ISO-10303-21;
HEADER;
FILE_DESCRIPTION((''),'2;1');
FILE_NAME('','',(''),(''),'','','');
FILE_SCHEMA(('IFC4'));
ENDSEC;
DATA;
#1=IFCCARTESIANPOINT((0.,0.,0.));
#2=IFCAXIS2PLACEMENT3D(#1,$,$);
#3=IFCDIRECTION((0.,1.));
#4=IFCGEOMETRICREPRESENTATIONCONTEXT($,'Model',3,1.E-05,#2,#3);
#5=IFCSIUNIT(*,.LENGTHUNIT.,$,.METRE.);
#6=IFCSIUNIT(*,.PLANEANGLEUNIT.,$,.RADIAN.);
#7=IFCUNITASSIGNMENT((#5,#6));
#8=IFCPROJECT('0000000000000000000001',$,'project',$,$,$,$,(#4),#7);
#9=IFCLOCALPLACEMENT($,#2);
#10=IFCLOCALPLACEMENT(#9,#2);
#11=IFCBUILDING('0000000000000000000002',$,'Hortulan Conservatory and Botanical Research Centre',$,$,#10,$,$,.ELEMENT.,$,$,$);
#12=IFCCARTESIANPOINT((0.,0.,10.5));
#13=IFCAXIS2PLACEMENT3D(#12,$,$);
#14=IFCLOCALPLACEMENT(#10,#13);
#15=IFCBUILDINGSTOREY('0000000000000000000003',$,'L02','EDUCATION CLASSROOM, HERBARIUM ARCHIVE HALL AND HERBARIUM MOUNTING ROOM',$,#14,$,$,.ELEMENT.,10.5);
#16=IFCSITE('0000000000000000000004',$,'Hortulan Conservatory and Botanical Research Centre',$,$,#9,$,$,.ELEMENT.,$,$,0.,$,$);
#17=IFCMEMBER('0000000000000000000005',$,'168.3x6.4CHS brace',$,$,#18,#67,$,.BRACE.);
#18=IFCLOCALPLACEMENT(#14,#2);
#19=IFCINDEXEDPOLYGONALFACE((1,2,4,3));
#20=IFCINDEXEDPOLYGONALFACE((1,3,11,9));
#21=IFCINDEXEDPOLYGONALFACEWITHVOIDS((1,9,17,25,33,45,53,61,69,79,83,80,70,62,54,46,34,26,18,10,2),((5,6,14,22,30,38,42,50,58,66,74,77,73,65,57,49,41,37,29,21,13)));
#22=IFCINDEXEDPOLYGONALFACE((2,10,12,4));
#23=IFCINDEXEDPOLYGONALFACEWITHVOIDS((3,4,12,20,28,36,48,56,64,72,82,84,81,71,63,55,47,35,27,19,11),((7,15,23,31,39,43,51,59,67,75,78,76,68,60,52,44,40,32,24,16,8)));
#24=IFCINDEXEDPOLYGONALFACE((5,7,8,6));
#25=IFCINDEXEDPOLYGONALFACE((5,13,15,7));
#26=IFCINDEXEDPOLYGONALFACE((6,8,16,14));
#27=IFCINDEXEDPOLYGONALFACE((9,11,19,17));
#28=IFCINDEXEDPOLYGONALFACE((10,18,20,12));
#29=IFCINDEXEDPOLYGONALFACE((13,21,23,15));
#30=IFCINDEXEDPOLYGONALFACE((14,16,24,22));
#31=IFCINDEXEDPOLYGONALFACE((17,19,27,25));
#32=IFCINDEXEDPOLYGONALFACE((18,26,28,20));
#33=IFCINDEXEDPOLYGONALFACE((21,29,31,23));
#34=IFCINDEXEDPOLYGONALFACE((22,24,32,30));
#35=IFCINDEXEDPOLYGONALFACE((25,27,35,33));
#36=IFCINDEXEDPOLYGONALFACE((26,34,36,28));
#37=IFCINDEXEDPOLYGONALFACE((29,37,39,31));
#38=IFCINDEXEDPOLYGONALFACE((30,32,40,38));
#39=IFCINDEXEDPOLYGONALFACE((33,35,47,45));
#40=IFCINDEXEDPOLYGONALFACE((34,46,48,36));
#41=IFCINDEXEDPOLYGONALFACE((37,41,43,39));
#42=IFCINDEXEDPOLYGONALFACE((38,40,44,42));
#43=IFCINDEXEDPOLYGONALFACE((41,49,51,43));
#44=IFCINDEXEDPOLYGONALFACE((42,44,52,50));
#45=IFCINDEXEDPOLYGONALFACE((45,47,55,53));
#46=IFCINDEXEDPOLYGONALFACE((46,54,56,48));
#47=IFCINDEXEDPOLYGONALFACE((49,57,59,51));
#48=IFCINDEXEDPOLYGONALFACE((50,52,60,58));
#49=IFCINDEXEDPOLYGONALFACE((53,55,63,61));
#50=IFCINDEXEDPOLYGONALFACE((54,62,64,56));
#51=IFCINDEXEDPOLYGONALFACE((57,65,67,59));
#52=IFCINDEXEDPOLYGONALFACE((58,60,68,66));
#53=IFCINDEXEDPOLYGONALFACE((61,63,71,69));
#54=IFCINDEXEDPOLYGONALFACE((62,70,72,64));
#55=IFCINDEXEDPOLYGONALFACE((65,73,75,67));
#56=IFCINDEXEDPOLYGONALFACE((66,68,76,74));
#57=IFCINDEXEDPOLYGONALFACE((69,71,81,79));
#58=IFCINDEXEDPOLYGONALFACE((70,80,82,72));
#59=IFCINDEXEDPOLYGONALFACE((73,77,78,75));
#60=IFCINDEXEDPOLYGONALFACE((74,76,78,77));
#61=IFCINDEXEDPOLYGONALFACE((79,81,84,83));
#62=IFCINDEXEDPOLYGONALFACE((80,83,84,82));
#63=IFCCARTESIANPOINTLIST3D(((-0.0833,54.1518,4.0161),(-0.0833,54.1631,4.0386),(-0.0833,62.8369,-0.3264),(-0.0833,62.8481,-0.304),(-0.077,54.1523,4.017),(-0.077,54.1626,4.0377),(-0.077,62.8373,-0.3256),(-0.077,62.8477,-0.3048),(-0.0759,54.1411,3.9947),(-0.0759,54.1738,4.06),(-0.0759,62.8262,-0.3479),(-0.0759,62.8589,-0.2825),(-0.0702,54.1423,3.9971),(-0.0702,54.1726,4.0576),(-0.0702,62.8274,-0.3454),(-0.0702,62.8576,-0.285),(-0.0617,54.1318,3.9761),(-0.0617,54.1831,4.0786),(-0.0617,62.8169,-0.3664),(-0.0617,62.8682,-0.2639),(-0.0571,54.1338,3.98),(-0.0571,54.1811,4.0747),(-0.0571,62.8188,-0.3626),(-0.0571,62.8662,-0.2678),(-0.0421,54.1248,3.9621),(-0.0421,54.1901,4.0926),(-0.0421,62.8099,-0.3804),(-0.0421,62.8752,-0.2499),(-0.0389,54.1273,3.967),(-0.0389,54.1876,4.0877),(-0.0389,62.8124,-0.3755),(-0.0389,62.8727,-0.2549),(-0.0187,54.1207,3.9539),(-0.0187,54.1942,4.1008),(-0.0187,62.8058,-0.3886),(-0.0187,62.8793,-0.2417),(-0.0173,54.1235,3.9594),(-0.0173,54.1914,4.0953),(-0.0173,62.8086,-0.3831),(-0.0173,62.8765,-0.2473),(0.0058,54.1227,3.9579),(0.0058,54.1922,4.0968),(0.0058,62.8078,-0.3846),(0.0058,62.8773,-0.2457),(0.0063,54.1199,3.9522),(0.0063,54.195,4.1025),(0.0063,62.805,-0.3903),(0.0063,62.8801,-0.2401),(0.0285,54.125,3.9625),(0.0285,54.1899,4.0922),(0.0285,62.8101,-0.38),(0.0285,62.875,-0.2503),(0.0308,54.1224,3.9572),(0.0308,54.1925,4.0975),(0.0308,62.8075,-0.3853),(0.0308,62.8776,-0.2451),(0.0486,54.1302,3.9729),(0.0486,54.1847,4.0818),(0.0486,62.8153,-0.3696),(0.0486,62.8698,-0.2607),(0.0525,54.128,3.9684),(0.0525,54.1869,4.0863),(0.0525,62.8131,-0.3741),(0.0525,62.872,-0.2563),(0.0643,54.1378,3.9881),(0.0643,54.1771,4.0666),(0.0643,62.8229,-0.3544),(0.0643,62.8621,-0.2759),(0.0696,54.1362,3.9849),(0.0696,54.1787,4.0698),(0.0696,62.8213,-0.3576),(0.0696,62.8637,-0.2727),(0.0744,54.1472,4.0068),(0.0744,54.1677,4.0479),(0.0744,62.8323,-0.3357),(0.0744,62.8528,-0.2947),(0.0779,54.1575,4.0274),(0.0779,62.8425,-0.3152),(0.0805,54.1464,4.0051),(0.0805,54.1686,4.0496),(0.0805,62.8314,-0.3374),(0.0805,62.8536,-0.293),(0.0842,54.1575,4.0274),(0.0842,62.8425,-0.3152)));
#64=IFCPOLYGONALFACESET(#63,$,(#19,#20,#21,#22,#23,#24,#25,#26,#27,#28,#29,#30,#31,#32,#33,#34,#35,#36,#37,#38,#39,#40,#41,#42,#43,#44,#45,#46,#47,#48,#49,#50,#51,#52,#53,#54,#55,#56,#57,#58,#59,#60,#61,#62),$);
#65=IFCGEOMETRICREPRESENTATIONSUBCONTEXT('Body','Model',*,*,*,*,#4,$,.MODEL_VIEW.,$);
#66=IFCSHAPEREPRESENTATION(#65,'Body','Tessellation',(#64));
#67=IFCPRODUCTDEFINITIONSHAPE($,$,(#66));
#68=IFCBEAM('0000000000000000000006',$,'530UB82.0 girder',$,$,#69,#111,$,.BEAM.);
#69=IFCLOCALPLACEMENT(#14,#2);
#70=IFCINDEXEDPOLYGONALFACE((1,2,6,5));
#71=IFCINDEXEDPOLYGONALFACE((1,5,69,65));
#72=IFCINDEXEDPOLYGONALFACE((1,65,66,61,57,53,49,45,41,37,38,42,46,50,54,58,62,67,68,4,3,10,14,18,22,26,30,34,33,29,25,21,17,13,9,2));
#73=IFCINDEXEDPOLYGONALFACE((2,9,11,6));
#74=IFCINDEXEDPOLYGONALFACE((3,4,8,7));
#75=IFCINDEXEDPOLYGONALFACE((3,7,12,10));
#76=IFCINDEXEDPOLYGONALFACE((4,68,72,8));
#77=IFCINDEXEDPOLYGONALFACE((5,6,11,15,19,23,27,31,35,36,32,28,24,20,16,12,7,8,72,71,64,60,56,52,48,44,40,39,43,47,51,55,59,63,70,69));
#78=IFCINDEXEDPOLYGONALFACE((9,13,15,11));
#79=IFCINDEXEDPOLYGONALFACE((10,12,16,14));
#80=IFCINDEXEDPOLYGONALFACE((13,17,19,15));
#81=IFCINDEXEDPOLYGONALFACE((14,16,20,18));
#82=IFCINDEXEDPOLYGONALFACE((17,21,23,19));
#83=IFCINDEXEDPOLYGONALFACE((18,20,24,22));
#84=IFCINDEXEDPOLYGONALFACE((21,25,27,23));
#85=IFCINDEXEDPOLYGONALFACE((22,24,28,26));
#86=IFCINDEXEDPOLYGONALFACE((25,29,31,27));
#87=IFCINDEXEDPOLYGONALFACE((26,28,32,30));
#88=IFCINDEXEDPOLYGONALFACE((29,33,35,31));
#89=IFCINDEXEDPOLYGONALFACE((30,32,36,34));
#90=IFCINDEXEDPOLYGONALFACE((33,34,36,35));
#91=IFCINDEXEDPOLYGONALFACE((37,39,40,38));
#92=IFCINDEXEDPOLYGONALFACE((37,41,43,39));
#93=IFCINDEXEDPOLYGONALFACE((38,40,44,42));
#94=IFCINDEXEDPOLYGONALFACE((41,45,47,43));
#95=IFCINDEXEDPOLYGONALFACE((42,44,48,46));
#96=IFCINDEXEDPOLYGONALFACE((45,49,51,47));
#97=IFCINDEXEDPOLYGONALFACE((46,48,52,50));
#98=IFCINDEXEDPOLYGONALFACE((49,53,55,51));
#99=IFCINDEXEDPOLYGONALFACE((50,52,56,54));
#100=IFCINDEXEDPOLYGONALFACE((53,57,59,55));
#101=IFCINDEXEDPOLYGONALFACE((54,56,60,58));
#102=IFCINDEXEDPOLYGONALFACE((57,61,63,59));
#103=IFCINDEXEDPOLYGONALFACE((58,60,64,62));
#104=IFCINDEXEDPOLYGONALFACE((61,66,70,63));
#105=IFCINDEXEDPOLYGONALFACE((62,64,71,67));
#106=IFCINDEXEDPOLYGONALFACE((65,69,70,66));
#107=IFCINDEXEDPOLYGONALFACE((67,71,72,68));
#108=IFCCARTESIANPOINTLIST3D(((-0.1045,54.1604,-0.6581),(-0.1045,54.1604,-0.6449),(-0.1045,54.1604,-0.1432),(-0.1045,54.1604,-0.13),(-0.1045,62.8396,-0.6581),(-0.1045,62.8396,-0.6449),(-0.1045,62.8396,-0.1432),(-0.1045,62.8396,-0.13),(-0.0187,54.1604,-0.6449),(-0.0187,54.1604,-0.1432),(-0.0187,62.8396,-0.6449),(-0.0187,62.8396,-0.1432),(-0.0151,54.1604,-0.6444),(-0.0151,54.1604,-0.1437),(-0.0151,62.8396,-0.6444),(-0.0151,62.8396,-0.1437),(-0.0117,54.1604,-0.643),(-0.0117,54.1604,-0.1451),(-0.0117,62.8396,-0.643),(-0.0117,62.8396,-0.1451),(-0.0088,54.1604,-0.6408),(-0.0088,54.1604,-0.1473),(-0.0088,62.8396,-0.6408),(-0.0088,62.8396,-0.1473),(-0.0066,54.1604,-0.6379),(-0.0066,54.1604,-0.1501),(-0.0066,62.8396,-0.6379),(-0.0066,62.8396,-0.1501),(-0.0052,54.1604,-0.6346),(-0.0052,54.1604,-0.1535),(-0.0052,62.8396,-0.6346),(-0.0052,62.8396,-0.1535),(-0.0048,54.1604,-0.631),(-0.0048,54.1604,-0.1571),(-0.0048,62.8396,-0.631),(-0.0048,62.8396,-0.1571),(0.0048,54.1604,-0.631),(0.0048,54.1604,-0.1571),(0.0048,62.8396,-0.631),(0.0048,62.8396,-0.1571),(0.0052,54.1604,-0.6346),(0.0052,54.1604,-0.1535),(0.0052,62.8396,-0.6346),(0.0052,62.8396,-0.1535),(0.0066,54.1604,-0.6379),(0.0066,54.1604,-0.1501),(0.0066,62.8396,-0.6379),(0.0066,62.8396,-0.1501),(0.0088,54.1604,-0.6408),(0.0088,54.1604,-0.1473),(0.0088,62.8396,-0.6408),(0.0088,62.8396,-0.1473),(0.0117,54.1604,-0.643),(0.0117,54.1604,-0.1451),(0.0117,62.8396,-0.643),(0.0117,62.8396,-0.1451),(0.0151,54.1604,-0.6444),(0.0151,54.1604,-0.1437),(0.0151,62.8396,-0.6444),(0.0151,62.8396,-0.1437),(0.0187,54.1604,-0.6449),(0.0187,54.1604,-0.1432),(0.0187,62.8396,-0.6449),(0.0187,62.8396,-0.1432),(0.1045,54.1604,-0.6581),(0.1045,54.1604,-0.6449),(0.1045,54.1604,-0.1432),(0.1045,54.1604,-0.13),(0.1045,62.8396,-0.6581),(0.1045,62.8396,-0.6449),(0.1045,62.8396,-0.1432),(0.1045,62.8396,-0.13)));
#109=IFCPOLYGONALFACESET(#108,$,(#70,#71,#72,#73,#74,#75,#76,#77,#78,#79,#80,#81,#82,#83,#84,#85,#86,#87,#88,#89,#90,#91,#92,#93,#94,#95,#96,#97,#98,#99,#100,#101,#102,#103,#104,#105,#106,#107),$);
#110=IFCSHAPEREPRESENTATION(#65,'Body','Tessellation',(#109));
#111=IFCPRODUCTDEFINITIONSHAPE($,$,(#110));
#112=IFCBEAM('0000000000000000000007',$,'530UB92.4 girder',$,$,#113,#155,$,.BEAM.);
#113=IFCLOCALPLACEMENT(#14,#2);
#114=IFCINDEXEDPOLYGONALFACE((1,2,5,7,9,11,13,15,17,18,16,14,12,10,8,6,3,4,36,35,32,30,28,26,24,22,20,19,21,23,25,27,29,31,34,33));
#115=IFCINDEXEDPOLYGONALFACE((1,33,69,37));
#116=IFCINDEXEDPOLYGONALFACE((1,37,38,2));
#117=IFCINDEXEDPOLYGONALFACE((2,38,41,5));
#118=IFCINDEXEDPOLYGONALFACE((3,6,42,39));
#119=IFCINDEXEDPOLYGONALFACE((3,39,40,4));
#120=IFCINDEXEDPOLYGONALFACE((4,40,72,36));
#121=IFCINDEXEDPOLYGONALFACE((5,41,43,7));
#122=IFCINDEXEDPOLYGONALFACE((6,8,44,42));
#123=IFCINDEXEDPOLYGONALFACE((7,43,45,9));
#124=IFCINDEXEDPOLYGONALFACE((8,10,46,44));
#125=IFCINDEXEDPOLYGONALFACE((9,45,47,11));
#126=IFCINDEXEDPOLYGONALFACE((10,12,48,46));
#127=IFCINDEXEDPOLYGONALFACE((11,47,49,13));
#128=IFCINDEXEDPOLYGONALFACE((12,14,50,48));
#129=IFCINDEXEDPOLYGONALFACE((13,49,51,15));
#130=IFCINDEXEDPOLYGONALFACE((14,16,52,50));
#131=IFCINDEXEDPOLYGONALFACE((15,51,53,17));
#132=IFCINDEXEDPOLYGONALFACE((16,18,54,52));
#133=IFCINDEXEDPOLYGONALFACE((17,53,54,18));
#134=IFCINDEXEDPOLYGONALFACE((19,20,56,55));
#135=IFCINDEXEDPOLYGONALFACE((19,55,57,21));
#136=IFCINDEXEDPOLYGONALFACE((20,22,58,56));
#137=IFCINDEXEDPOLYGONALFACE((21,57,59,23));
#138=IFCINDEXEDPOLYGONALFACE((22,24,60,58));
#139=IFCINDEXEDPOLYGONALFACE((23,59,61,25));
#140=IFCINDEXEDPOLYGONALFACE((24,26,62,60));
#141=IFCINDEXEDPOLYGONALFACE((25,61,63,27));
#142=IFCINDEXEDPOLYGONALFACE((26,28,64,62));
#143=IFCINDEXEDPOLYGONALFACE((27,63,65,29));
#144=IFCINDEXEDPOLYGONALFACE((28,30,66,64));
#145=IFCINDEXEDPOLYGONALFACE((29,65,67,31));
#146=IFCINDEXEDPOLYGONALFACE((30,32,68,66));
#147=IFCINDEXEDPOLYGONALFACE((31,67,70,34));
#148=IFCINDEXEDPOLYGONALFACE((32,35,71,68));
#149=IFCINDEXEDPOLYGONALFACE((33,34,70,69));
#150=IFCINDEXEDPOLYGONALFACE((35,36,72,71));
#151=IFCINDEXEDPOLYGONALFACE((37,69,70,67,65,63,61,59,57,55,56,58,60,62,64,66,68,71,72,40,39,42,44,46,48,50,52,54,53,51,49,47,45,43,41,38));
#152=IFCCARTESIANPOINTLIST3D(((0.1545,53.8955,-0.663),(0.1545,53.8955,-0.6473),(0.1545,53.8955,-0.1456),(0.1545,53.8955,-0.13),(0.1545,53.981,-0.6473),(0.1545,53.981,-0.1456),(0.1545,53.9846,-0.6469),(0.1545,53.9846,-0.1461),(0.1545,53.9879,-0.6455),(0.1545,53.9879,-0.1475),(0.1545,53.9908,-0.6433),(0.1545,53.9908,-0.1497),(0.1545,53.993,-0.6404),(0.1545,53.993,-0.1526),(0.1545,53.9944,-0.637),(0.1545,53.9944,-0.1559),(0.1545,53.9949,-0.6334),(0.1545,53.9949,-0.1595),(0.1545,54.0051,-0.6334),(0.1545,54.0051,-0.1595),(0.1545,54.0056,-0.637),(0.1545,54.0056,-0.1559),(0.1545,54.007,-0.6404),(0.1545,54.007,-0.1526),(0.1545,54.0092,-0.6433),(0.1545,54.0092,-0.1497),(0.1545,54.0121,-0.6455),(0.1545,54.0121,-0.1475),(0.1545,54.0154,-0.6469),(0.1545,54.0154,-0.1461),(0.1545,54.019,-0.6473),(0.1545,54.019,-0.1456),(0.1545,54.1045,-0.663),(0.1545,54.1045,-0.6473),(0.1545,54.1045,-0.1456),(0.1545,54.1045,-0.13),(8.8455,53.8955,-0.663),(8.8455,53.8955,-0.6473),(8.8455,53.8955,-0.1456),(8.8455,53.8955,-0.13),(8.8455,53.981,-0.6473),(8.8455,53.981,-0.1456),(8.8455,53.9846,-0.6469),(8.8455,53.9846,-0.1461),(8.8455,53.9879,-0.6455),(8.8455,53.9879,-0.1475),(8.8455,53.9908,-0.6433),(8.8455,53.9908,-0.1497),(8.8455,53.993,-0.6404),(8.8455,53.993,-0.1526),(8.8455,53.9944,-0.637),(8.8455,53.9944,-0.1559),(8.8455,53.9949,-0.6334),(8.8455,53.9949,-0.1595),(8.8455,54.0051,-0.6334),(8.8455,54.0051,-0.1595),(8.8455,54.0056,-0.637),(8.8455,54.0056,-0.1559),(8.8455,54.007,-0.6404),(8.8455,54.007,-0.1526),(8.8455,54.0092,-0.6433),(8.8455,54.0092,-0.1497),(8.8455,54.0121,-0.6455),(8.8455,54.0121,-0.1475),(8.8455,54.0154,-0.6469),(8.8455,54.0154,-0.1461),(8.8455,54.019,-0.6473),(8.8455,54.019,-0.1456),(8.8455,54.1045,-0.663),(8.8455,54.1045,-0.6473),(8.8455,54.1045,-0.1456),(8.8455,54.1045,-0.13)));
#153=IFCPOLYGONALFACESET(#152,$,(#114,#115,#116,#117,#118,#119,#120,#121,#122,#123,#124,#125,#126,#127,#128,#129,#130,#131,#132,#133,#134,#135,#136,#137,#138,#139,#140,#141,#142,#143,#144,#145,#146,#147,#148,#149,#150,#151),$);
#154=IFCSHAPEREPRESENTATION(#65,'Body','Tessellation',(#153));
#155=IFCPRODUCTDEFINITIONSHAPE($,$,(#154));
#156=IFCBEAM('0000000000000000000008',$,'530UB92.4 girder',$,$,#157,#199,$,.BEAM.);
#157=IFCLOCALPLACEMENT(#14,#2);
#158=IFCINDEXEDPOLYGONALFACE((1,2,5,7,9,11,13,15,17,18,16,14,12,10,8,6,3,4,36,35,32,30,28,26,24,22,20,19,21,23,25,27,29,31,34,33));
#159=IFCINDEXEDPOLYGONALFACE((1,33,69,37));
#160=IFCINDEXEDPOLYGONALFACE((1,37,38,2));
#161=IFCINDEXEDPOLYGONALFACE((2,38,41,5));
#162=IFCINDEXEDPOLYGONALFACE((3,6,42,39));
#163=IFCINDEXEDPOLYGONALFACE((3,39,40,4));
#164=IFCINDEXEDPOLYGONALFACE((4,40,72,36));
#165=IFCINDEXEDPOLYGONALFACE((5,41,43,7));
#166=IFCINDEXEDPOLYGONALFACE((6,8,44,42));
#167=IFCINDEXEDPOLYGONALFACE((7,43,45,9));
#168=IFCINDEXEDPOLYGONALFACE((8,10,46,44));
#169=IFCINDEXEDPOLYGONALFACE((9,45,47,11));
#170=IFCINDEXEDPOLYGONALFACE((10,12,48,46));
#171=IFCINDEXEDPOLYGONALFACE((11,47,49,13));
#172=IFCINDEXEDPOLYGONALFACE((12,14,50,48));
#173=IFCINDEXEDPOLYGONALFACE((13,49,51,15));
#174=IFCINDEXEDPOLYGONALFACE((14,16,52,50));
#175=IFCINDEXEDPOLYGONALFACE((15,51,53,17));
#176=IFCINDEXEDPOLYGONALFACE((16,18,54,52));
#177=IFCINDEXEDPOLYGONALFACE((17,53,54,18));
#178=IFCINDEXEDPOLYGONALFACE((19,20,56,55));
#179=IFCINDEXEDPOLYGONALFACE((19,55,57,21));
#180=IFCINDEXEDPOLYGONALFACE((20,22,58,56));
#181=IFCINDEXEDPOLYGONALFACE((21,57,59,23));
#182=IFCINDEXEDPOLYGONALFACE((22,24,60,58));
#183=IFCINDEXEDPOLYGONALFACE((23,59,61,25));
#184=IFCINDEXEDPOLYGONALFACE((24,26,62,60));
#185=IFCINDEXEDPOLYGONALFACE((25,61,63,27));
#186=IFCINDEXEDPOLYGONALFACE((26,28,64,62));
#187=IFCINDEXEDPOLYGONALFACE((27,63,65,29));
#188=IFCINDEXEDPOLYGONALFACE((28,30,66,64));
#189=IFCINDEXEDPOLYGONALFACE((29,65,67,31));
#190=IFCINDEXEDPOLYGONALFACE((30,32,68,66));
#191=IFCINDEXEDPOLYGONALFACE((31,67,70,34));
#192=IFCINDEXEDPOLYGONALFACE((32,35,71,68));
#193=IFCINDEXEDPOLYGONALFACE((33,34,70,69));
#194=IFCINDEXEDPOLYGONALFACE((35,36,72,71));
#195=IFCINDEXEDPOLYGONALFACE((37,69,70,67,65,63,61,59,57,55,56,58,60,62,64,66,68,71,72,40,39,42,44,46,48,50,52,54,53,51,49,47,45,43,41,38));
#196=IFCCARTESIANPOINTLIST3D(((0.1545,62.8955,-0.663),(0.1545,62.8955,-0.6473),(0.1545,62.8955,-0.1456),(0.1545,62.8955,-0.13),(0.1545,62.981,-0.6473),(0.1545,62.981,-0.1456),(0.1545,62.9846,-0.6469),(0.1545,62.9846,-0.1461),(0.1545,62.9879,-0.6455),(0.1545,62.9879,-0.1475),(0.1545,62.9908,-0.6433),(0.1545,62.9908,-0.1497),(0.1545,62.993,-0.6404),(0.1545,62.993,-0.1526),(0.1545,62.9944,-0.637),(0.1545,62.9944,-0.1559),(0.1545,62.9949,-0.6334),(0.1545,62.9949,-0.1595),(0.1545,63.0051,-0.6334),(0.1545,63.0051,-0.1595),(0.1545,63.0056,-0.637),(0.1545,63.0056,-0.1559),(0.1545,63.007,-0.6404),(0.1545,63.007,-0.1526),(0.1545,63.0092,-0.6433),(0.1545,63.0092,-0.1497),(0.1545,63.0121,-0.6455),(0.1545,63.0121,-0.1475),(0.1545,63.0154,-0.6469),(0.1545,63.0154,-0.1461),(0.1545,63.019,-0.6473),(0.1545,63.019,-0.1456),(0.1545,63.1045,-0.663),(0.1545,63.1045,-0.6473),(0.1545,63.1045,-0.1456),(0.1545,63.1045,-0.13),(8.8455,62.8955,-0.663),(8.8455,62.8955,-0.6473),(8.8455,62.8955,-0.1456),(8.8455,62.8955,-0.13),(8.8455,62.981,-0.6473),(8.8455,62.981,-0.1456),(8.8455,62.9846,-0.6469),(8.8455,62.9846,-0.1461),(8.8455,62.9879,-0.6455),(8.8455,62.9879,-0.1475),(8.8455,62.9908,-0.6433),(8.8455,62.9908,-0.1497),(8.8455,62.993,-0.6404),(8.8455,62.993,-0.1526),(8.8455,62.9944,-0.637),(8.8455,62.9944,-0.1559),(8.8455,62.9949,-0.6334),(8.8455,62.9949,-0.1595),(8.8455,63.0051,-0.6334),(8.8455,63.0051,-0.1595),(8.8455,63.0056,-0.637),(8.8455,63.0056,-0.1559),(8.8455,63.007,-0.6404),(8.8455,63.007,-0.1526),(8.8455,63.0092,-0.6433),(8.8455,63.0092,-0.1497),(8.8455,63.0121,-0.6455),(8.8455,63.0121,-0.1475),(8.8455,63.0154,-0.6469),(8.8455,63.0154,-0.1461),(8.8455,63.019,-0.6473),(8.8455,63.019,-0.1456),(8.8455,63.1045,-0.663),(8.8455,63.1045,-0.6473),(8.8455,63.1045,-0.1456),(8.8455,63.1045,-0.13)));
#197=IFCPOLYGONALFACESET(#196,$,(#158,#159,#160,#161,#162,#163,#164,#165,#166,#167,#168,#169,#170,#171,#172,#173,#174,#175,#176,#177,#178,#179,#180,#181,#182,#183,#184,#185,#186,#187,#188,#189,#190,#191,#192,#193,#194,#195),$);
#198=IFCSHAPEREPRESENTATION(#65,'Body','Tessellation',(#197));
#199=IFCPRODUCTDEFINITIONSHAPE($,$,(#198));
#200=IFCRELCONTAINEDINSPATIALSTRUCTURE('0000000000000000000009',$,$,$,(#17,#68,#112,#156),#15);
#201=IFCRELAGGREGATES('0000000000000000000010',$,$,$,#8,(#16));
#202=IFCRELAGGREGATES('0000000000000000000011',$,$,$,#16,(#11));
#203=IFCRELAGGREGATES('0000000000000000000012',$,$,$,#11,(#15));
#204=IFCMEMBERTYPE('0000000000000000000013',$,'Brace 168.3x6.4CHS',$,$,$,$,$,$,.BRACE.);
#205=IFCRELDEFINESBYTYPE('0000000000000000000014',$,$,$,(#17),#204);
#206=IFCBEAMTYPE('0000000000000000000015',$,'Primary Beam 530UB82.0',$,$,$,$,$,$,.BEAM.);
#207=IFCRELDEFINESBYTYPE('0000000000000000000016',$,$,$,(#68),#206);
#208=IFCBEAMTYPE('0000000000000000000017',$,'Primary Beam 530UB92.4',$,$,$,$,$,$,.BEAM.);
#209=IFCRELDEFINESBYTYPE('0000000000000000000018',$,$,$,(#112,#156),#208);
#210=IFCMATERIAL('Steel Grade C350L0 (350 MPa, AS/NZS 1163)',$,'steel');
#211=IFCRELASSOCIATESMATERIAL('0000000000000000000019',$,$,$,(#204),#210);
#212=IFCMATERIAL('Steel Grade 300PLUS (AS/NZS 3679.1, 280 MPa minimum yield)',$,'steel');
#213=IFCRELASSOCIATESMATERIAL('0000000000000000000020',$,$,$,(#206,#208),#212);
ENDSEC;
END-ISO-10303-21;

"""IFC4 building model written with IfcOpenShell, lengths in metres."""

from ifc_helpers import new_model, si_unit, direction, frame, origin, origin_2d, place, context, subcontext, project, spatial, hollow_circle, i_section, extrude, material, material_profile, profile_set, type_object, element, save


model = new_model("IFC4")

# Units and contexts
model_context = context("Model", 3, precision=1e-05, world=origin(), true_north=direction((0.0, 1.0)))
body_context = subcontext(model_context, "Body", "Model", "MODEL_VIEW")
ifc_project = project(units=[si_unit("LENGTHUNIT", "METRE"), si_unit("PLANEANGLEUNIT", "RADIAN")], contexts=[model_context])

# Site, building, storey
site_placement = place(None, origin())
site = spatial("IfcSite", under=ifc_project, at=site_placement, Name="Hortulan Conservatory and Botanical Research Centre", CompositionType="ELEMENT", RefElevation=0.0)
building_placement = place(site_placement, origin())
building = spatial("IfcBuilding", under=site, at=building_placement, Name="Hortulan Conservatory and Botanical Research Centre", CompositionType="ELEMENT")
storey_placement = place(building_placement, frame((0.0, 0.0, 10.5)))
storey = spatial("IfcBuildingStorey", under=building, at=storey_placement, Name="L02", Description="EDUCATION CLASSROOM, HERBARIUM ARCHIVE HALL AND HERBARIUM MOUNTING ROOM", CompositionType="ELEMENT", Elevation=10.5)

# Shared definitions
ifc_material_1 = material(Name="Steel Grade 300PLUS (AS/NZS 3679.1, 280 MPa minimum yield)", Category="steel")

# Member
ifc_material_2 = material(Name="Steel Grade C350L0 (350 MPa, AS/NZS 1163)", Category="steel")
ifc_material_profile_1 = material_profile(ifc_material_2, hollow_circle(Radius=0.0842, WallThickness=0.0063, at=origin_2d()), Name="168.3x6.4CHS")
ifc_profile_set_1 = profile_set([ifc_material_profile_1], Name="Steel Grade C350L0 (350 MPa, AS/NZS 1163)")
member_type = type_object("IfcMemberType", Name="Brace 168.3x6.4CHS", PredefinedType="BRACE", material=ifc_profile_set_1)
member_placement = place(storey_placement, frame((0.0, 62.8425, -0.3152), z_axis=(0.0, -0.894427, 0.447214), x_axis=(1.0, 0.0, 0.0)))
element("IfcMember", 1, at=member_placement, inside=storey, type_object=member_type, Name="168.3x6.4CHS brace", PredefinedType="BRACE", context=body_context, shape_type="SweptSolid", body=[
    extrude(hollow_circle(Radius=0.0842, WallThickness=0.0063, at=origin_2d()), origin(), (0.0, 0.0, 1.0), 9.7102),
])

# Beams
ifc_material_profile_2 = material_profile(ifc_material_1, i_section(OverallWidth=0.209, OverallDepth=0.5281, WebThickness=0.0095, FlangeThickness=0.0132, FilletRadius=0.0139, at=origin_2d()), Name="530UB82.0")
ifc_profile_set_2 = profile_set([ifc_material_profile_2], Name="Steel Grade 300PLUS (AS/NZS 3679.1, 280 MPa minimum yield)")
beam_type_1 = type_object("IfcBeamType", Name="Primary Beam 530UB82.0", PredefinedType="BEAM", material=ifc_profile_set_2)
beam_1_placement = place(storey_placement, frame((0.0, 54.1604, -0.394), z_axis=(0.0, 1.0, 0.0), x_axis=(-1.0, 0.0, 0.0)))
element("IfcBeam", 2, at=beam_1_placement, inside=storey, type_object=beam_type_1, Name="530UB82.0 girder", PredefinedType="BEAM", context=body_context, shape_type="SweptSolid", body=[
    extrude(i_section(OverallWidth=0.209, OverallDepth=0.5281, WebThickness=0.0095, FlangeThickness=0.0132, FilletRadius=0.0139, at=origin_2d()), origin(), (0.0, 0.0, 1.0), 8.6792),
])
ifc_material_profile_3 = material_profile(ifc_material_1, i_section(OverallWidth=0.209, OverallDepth=0.533, WebThickness=0.0103, FlangeThickness=0.0156, FilletRadius=0.0139, at=origin_2d()), Name="530UB92.4")
ifc_profile_set_3 = profile_set([ifc_material_profile_3], Name="Steel Grade 300PLUS (AS/NZS 3679.1, 280 MPa minimum yield)")
beam_type_2 = type_object("IfcBeamType", Name="Primary Beam 530UB92.4", PredefinedType="BEAM", material=ifc_profile_set_3)
for number, where, z_axis, x_axis, name in (
    (3, (0.1545, 54.0, -0.3965), (1.0, 0.0, 0.0), (0.0, 1.0, 0.0), "530UB92.4 girder"),
    (4, (0.1545, 63.0, -0.3965), (1.0, 0.0, 0.0), (0.0, 1.0, 0.0), "530UB92.4 girder"),
):
    element("IfcBeam", number, at=place(storey_placement, frame(where, z_axis=z_axis, x_axis=x_axis)), inside=storey, type_object=beam_type_2, Name=name, PredefinedType="BEAM", context=body_context, shape_type="SweptSolid", body=[
        extrude(i_section(OverallWidth=0.209, OverallDepth=0.533, WebThickness=0.0103, FlangeThickness=0.0156, FilletRadius=0.0139, at=origin_2d()), origin(), (0.0, 0.0, 1.0), 8.6909),
    ])

save(model, "model.ifc")
